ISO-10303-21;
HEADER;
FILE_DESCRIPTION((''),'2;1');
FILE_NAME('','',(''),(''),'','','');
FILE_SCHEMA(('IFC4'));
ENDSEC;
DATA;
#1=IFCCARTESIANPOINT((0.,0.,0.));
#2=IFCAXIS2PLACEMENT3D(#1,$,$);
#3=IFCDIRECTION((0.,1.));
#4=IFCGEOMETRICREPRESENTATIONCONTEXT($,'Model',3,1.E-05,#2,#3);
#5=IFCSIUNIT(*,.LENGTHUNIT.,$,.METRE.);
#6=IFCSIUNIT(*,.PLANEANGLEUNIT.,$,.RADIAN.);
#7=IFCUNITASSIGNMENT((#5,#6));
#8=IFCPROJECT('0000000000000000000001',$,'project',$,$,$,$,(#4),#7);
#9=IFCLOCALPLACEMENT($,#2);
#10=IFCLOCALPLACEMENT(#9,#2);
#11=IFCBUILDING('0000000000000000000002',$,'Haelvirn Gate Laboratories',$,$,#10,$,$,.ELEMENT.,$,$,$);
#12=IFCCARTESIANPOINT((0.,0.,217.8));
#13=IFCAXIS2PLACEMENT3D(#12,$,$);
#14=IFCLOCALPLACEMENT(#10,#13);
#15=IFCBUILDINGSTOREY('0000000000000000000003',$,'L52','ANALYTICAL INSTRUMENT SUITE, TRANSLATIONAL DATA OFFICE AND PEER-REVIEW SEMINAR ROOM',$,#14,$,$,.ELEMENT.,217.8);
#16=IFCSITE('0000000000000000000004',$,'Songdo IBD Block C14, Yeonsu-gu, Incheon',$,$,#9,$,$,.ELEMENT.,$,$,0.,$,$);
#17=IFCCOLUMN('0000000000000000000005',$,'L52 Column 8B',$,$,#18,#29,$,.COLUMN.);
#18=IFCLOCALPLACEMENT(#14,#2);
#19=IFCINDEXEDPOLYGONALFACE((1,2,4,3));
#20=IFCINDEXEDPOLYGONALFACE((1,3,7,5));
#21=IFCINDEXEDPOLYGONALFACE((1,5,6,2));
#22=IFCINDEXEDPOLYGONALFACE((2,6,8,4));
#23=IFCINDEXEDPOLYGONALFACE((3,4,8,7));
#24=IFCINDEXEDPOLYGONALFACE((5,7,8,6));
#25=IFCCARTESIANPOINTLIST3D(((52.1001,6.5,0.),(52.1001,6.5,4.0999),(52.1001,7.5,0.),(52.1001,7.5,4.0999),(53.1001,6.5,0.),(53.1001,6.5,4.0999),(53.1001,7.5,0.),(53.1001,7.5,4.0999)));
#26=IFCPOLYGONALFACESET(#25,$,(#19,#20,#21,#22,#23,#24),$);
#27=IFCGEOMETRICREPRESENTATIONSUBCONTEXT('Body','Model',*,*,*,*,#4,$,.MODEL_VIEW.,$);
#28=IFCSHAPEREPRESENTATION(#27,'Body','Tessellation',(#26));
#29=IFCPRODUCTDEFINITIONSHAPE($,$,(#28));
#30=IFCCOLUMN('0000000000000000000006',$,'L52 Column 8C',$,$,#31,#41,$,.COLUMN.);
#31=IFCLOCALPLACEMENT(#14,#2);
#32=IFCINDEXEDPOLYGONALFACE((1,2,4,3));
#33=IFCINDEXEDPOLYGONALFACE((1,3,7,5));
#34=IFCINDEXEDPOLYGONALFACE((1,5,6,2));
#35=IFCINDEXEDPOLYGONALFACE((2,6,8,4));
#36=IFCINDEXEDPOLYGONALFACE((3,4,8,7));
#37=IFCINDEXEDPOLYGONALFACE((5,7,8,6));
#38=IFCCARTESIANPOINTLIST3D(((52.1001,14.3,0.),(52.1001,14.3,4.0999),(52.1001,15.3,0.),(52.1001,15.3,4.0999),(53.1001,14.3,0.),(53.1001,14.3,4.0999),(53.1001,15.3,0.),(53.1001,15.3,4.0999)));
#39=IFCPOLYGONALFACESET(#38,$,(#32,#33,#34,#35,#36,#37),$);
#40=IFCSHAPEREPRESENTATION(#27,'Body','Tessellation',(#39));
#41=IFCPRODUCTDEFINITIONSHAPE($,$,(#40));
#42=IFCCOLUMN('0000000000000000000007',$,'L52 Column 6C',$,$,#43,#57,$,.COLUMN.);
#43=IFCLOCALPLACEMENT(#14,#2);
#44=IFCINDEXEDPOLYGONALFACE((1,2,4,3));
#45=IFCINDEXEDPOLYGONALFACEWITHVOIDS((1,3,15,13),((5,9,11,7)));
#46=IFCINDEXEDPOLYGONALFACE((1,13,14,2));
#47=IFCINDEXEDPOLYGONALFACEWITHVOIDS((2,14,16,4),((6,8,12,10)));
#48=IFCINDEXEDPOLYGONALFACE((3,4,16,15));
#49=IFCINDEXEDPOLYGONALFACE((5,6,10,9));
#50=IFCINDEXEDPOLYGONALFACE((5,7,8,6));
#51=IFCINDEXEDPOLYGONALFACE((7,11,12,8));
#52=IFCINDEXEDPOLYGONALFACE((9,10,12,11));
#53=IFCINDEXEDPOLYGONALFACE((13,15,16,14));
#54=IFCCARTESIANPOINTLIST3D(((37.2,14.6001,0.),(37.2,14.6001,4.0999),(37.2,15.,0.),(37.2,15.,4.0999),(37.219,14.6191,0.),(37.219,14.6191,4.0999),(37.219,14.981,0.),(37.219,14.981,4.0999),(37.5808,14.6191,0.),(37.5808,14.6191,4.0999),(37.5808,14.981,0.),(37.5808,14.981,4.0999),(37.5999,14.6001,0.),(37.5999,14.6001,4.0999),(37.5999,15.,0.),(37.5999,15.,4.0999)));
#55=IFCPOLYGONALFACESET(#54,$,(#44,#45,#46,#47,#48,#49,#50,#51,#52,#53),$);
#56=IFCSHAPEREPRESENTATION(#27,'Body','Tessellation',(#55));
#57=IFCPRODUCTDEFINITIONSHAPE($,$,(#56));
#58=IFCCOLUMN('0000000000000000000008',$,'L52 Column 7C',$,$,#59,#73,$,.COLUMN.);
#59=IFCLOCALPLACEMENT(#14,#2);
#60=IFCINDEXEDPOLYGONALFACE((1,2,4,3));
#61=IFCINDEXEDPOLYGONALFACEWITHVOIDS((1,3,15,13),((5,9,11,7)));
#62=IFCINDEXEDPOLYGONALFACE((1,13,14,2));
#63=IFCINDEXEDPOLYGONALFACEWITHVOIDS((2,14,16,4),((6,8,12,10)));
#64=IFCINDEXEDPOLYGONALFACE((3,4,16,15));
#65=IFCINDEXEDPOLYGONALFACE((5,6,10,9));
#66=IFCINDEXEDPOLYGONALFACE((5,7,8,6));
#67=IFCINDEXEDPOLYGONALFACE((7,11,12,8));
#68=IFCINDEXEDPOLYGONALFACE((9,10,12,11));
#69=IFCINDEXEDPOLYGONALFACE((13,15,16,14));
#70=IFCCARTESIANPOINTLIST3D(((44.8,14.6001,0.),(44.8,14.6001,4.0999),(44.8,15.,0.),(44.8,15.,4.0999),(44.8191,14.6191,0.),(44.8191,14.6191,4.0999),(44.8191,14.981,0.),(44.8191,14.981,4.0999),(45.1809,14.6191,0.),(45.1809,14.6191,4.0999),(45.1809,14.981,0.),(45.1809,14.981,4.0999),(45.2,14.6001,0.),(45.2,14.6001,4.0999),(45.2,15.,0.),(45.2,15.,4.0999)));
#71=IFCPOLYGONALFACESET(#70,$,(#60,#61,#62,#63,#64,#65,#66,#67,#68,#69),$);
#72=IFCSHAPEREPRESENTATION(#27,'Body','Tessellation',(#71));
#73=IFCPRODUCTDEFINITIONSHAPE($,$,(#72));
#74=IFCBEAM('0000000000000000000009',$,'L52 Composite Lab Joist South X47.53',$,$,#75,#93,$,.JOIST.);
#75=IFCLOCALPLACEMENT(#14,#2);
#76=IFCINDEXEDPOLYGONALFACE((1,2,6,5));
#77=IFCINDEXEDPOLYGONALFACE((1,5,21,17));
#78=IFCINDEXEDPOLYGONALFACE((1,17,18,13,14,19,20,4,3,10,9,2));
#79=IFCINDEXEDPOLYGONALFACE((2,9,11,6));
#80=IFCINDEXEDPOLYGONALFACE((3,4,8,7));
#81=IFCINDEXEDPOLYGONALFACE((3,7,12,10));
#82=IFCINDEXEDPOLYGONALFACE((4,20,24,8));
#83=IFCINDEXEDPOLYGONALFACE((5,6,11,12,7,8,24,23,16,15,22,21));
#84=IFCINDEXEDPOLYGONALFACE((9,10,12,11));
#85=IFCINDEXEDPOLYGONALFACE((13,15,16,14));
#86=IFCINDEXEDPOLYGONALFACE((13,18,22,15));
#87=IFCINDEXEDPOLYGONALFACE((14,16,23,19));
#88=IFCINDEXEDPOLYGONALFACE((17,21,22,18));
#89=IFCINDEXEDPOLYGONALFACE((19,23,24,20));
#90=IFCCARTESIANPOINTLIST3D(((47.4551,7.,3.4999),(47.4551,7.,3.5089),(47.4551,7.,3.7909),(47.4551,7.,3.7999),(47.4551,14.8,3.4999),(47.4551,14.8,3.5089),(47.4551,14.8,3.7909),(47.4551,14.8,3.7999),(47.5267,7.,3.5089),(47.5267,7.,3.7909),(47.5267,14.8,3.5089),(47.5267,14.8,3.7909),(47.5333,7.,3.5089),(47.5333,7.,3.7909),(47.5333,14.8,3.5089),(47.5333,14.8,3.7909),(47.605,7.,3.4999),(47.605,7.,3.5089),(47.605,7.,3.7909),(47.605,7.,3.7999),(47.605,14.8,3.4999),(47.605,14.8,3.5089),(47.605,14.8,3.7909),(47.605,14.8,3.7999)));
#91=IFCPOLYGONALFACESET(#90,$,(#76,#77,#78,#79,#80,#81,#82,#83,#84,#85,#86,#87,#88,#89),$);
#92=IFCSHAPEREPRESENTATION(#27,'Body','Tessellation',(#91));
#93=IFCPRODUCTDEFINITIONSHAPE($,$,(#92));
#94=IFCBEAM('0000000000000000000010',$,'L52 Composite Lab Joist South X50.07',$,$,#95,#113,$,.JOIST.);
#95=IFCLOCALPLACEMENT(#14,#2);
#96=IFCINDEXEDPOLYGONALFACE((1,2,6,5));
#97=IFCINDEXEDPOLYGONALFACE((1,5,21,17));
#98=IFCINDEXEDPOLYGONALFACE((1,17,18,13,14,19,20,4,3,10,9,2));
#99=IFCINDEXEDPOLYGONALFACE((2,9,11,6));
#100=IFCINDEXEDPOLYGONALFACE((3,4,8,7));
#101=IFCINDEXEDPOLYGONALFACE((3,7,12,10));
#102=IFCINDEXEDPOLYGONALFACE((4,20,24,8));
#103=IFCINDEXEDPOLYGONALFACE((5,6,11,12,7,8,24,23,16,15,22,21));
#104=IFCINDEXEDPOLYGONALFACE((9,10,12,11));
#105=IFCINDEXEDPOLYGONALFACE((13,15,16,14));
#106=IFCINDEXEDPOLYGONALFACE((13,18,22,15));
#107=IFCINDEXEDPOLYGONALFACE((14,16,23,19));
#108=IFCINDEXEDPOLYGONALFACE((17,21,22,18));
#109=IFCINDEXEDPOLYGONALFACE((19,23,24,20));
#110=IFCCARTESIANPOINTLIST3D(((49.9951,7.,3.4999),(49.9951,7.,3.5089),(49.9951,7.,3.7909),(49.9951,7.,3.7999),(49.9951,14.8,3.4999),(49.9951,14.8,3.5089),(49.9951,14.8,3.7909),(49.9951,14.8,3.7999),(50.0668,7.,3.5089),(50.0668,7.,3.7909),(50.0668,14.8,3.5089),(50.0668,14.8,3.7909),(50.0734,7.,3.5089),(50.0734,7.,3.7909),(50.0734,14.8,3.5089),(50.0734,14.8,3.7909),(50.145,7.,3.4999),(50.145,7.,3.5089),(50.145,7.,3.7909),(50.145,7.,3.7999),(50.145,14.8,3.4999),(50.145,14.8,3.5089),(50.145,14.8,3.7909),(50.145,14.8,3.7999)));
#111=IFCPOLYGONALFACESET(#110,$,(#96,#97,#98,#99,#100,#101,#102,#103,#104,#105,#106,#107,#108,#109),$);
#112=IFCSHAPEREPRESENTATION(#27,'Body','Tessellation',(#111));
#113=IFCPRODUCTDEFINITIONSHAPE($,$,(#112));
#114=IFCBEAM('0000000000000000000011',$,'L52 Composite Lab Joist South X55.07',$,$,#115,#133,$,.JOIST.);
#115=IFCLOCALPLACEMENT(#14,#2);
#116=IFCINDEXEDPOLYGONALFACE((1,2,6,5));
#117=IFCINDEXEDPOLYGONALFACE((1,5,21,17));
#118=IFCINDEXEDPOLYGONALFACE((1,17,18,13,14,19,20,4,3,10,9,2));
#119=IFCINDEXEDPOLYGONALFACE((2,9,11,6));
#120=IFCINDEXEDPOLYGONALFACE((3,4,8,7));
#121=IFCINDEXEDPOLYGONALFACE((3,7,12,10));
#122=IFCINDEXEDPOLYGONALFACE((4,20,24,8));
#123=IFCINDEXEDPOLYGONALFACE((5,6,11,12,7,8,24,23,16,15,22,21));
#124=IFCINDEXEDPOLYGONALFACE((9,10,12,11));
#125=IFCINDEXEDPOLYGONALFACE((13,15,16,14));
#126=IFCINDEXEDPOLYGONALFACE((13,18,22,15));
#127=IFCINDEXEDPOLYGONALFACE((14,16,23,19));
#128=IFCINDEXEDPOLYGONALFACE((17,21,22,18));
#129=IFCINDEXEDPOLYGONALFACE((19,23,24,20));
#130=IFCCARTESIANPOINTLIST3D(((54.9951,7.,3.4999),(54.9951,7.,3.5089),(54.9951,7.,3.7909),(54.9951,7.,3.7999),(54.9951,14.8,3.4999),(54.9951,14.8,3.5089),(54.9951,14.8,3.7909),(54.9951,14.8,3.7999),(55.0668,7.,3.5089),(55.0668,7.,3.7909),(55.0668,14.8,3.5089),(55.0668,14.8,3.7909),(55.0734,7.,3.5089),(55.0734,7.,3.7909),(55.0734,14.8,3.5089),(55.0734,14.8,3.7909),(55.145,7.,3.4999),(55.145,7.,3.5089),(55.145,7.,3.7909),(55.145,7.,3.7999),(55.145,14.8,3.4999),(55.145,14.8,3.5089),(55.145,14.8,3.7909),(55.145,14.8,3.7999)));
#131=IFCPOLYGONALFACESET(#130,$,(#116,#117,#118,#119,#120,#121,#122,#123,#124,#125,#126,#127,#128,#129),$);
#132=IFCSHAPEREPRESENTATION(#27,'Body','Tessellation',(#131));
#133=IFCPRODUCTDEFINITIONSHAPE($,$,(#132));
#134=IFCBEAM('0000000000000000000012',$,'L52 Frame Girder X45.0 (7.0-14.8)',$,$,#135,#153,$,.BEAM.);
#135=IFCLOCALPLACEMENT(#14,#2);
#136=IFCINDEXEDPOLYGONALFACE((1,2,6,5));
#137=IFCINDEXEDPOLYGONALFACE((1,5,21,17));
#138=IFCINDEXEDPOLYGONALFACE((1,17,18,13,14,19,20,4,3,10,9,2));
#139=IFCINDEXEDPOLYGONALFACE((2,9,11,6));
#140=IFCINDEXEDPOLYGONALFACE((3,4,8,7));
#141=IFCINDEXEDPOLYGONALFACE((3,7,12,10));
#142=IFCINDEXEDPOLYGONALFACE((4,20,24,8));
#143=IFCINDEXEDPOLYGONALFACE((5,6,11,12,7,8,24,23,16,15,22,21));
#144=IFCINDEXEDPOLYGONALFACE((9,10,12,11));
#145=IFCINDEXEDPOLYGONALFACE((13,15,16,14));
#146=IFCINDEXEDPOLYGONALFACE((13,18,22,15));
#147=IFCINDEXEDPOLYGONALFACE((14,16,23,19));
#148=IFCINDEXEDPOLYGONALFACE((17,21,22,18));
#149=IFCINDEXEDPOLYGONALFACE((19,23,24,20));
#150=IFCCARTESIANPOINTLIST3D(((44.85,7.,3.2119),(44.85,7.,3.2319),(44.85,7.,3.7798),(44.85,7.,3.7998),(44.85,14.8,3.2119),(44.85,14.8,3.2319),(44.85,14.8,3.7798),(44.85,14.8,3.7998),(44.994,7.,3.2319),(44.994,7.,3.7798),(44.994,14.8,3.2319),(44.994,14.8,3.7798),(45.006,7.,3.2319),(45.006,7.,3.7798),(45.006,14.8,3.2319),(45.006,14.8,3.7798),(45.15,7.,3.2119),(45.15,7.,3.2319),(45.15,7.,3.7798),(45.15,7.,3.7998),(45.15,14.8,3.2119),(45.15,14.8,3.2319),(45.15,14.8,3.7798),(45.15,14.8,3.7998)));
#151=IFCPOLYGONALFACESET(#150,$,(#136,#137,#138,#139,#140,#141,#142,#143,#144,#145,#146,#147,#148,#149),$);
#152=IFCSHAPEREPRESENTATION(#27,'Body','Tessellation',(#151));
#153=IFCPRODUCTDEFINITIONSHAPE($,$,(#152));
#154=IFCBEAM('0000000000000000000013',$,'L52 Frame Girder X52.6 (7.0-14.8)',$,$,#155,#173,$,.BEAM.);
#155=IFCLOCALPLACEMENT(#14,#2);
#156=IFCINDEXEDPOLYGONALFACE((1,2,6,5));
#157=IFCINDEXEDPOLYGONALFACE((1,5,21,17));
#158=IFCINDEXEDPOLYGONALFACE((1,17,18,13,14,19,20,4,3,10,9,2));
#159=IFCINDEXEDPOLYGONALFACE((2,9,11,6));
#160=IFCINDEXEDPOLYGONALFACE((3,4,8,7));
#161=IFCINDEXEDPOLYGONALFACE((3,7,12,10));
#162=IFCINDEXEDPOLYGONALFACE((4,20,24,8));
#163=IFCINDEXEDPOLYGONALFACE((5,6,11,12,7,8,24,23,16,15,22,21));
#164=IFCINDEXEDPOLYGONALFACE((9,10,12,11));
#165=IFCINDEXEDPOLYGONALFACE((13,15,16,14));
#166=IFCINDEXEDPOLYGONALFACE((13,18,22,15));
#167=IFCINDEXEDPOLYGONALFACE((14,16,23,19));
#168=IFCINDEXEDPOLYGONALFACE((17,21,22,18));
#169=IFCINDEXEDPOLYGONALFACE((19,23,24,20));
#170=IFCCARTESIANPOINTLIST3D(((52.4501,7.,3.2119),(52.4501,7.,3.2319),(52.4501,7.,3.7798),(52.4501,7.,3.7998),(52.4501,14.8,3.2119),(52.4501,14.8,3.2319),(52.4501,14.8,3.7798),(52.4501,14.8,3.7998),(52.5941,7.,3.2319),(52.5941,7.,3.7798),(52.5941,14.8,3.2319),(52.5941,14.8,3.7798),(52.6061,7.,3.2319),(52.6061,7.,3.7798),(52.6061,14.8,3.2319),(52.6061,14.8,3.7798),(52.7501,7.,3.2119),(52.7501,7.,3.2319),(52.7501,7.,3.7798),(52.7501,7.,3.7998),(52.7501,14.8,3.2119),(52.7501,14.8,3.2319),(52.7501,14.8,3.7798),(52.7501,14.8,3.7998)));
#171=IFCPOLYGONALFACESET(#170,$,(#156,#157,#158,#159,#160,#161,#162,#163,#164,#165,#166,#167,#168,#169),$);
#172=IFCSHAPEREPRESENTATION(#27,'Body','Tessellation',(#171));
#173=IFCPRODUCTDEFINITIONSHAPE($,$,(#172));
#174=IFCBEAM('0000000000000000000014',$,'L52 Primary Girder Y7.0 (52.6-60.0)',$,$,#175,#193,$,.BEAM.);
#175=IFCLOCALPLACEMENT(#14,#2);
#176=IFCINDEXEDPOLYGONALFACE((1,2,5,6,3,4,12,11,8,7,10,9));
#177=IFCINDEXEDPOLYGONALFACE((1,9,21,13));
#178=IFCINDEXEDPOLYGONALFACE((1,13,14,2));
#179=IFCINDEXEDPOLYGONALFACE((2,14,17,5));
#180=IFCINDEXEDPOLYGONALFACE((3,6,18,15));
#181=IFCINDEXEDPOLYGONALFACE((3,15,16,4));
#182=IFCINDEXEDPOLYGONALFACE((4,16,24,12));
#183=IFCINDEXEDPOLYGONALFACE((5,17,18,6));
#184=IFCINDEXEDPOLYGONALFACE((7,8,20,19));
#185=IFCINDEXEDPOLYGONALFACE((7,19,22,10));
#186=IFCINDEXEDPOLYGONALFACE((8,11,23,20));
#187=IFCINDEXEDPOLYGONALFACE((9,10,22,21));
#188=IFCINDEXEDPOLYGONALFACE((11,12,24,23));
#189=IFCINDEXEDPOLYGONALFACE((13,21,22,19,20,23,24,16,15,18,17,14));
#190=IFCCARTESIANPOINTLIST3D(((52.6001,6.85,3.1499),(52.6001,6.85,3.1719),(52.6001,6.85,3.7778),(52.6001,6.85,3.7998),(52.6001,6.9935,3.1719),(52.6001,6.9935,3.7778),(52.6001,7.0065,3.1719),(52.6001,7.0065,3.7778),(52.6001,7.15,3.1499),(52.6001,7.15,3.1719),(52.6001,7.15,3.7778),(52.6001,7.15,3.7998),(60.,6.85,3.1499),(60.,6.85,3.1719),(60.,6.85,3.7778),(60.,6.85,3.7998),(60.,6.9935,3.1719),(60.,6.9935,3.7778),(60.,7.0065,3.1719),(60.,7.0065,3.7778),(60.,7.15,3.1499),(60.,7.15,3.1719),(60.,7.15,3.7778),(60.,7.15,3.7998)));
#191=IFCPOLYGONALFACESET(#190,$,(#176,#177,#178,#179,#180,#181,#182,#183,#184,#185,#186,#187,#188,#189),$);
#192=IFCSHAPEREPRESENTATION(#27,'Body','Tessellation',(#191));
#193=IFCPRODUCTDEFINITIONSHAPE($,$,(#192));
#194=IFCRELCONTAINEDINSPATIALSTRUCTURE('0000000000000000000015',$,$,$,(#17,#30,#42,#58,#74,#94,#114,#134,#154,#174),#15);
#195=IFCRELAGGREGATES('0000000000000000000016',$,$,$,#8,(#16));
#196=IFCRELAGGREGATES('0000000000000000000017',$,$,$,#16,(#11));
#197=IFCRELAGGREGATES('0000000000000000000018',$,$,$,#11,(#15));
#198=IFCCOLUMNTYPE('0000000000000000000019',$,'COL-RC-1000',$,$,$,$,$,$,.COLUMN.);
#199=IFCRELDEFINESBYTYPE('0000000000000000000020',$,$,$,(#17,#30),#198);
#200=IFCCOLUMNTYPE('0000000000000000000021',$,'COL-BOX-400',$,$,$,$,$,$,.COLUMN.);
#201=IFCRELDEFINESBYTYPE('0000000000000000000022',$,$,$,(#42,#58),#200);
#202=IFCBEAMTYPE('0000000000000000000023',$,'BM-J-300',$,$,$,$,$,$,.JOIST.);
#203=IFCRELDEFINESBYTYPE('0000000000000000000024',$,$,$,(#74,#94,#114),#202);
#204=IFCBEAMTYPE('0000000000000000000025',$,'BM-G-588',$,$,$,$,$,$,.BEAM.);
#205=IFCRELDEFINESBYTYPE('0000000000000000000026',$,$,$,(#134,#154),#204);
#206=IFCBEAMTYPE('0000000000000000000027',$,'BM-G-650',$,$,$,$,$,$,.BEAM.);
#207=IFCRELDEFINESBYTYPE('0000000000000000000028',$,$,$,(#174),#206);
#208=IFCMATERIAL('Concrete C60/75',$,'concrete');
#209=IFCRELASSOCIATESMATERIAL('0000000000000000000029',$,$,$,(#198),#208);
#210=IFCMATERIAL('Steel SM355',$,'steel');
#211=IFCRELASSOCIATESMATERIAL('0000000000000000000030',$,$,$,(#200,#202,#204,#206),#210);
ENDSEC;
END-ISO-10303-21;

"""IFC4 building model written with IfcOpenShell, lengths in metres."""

from ifc_helpers import new_model, si_unit, direction, frame, origin, origin_2d, place, context, subcontext, project, spatial, rectangle, hollow_rectangle, i_section, extrude, source, transform, mapped, material, material_profile, profile_set, type_object, type_shapes, element, save


model = new_model("IFC4")

# Units and contexts
model_context = context("Model", 3, precision=1e-05, world=origin(), true_north=direction((0.0, 1.0)))
body_context = subcontext(model_context, "Body", "Model", "MODEL_VIEW")
ifc_project = project(units=[si_unit("LENGTHUNIT", "METRE"), si_unit("PLANEANGLEUNIT", "RADIAN")], contexts=[model_context])

# Site, building, storey
site_placement = place(None, origin())
site = spatial("IfcSite", under=ifc_project, at=site_placement, Name="Songdo IBD Block C14, Yeonsu-gu, Incheon", CompositionType="ELEMENT", RefElevation=0.0)
building_placement = place(site_placement, origin())
building = spatial("IfcBuilding", under=site, at=building_placement, Name="Haelvirn Gate Laboratories", CompositionType="ELEMENT")
storey_placement = place(building_placement, frame((0.0, 0.0, 217.8)))
storey = spatial("IfcBuildingStorey", under=building, at=storey_placement, Name="L52", Description="ANALYTICAL INSTRUMENT SUITE, TRANSLATIONAL DATA OFFICE AND PEER-REVIEW SEMINAR ROOM", CompositionType="ELEMENT", Elevation=217.8)

# Columns
ifc_material_1 = material(Name="Concrete C60/75", Category="concrete")
ifc_material_profile_1 = material_profile(ifc_material_1, rectangle(XDim=1.0, YDim=1.0, at=origin_2d()), Name="RC-1000x1000")
ifc_profile_set_1 = profile_set([ifc_material_profile_1], Name="Concrete C60/75")
column_type_1 = type_object("IfcColumnType", Name="COL-RC-1000", PredefinedType="COLUMN", material=ifc_profile_set_1)
shared_shape_1 = source(origin(), body_context, "Body", "SweptSolid", [
    extrude(rectangle(XDim=1.0, YDim=1.0, at=origin_2d()), origin(), (0.0, 0.0, 1.0), 4.0999),
])
type_shapes(column_type_1, [shared_shape_1])
for number, where, z_axis, x_axis, name in (
    (1, (52.6001, 7.0, 0.0), (0.0, 0.0, 1.0), (1.0, 0.0, 0.0), "L52 Column 8B"),
    (2, (52.6001, 14.8, 0.0), (0.0, 0.0, 1.0), (1.0, 0.0, 0.0), "L52 Column 8C"),
):
    element("IfcColumn", number, at=place(storey_placement, frame(where, z_axis=z_axis, x_axis=x_axis)), inside=storey, type_object=column_type_1, Name=name, PredefinedType="COLUMN", context=body_context, shape_type="MappedRepresentation", body=[
        mapped(shared_shape_1, transform((0.0, 0.0, 0.0), scale=1.0)),
    ])
ifc_material_2 = material(Name="Steel SM355", Category="steel")
ifc_material_profile_2 = material_profile(ifc_material_2, hollow_rectangle(XDim=0.3999, YDim=0.3999, WallThickness=0.019, at=origin_2d()), Name="BOX-400x400x19")
ifc_profile_set_2 = profile_set([ifc_material_profile_2], Name="Steel SM355")
column_type_2 = type_object("IfcColumnType", Name="COL-BOX-400", PredefinedType="COLUMN", material=ifc_profile_set_2)
shared_shape_2 = source(origin(), body_context, "Body", "SweptSolid", [
    extrude(hollow_rectangle(XDim=0.3999, YDim=0.3999, WallThickness=0.019, at=origin_2d()), origin(), (0.0, 0.0, 1.0), 4.0999),
])
type_shapes(column_type_2, [shared_shape_2])
for number, where, z_axis, x_axis, name in (
    (3, (37.3999, 14.8, 0.0), (0.0, 0.0, 1.0), (1.0, 0.0, 0.0), "L52 Column 6C"),
    (4, (45.0, 14.8, 0.0), (0.0, 0.0, 1.0), (1.0, 0.0, 0.0), "L52 Column 7C"),
):
    element("IfcColumn", number, at=place(storey_placement, frame(where, z_axis=z_axis, x_axis=x_axis)), inside=storey, type_object=column_type_2, Name=name, PredefinedType="COLUMN", context=body_context, shape_type="MappedRepresentation", body=[
        mapped(shared_shape_2, transform((0.0, 0.0, 0.0), scale=1.0)),
    ])

# Beams
ifc_material_profile_3 = material_profile(ifc_material_2, i_section(OverallWidth=0.1499, OverallDepth=0.3, WebThickness=0.0066, FlangeThickness=0.009, at=origin_2d()), Name="H-300x150x6.5x9")
ifc_profile_set_3 = profile_set([ifc_material_profile_3], Name="Steel SM355")
beam_type_1 = type_object("IfcBeamType", Name="BM-J-300", PredefinedType="JOIST", material=ifc_profile_set_3)
shared_shape_3 = source(origin(), body_context, "Body", "SweptSolid", [
    extrude(i_section(OverallWidth=0.1499, OverallDepth=0.3, WebThickness=0.0066, FlangeThickness=0.009, at=origin_2d()), origin(), (0.0, 0.0, 1.0), 7.8),
])
type_shapes(beam_type_1, [shared_shape_3])
for number, where, z_axis, x_axis, name in (
    (5, (47.53, 7.0, 3.6499), (0.0, 1.0, 0.0), (-1.0, 0.0, 0.0), "L52 Composite Lab Joist South X47.53"),
    (6, (50.0701, 7.0, 3.6499), (0.0, 1.0, 0.0), (-1.0, 0.0, 0.0), "L52 Composite Lab Joist South X50.07"),
    (7, (55.0701, 7.0, 3.6499), (0.0, 1.0, 0.0), (-1.0, 0.0, 0.0), "L52 Composite Lab Joist South X55.07"),
):
    element("IfcBeam", number, at=place(storey_placement, frame(where, z_axis=z_axis, x_axis=x_axis)), inside=storey, type_object=beam_type_1, Name=name, PredefinedType="JOIST", context=body_context, shape_type="MappedRepresentation", body=[
        mapped(shared_shape_3, transform((0.0, 0.0, 0.0), scale=1.0)),
    ])
ifc_material_profile_4 = material_profile(ifc_material_2, i_section(OverallWidth=0.3, OverallDepth=0.5879, WebThickness=0.012, FlangeThickness=0.02, at=origin_2d()), Name="H-588x300x12x20")
ifc_profile_set_4 = profile_set([ifc_material_profile_4], Name="Steel SM355")
beam_type_2 = type_object("IfcBeamType", Name="BM-G-588", PredefinedType="BEAM", material=ifc_profile_set_4)
shared_shape_4 = source(origin(), body_context, "Body", "SweptSolid", [
    extrude(i_section(OverallWidth=0.3, OverallDepth=0.5879, WebThickness=0.012, FlangeThickness=0.02, at=origin_2d()), origin(), (0.0, 0.0, 1.0), 7.8),
])
type_shapes(beam_type_2, [shared_shape_4])
for number, where, z_axis, x_axis, name in (
    (8, (45.0, 7.0, 3.5059), (0.0, 1.0, 0.0), (-1.0, 0.0, 0.0), "L52 Frame Girder X45.0 (7.0-14.8)"),
    (9, (52.6001, 7.0, 3.5059), (0.0, 1.0, 0.0), (-1.0, 0.0, 0.0), "L52 Frame Girder X52.6 (7.0-14.8)"),
):
    element("IfcBeam", number, at=place(storey_placement, frame(where, z_axis=z_axis, x_axis=x_axis)), inside=storey, type_object=beam_type_2, Name=name, PredefinedType="BEAM", context=body_context, shape_type="MappedRepresentation", body=[
        mapped(shared_shape_4, transform((0.0, 0.0, 0.0), scale=1.0)),
    ])
ifc_material_profile_5 = material_profile(ifc_material_2, i_section(OverallWidth=0.3, OverallDepth=0.6499, WebThickness=0.0129, FlangeThickness=0.022, at=origin_2d()), Name="H-650x300x13x22")
ifc_profile_set_5 = profile_set([ifc_material_profile_5], Name="Steel SM355")
beam_type_3 = type_object("IfcBeamType", Name="BM-G-650", PredefinedType="BEAM", material=ifc_profile_set_5)
shared_shape_5 = source(origin(), body_context, "Body", "SweptSolid", [
    extrude(i_section(OverallWidth=0.3, OverallDepth=0.6499, WebThickness=0.0129, FlangeThickness=0.022, at=origin_2d()), origin(), (0.0, 0.0, 1.0), 7.3999),
])
beam_placement = place(storey_placement, frame((52.6001, 7.0, 3.4749), z_axis=(1.0, 0.0, 0.0), x_axis=(0.0, 1.0, 0.0)))
element("IfcBeam", 10, at=beam_placement, inside=storey, type_object=beam_type_3, Name="L52 Primary Girder Y7.0 (52.6-60.0)", PredefinedType="BEAM", context=body_context, shape_type="MappedRepresentation", body=[
    mapped(shared_shape_5, transform((0.0, 0.0, 0.0), scale=1.0)),
])

save(model, "model.ifc")
